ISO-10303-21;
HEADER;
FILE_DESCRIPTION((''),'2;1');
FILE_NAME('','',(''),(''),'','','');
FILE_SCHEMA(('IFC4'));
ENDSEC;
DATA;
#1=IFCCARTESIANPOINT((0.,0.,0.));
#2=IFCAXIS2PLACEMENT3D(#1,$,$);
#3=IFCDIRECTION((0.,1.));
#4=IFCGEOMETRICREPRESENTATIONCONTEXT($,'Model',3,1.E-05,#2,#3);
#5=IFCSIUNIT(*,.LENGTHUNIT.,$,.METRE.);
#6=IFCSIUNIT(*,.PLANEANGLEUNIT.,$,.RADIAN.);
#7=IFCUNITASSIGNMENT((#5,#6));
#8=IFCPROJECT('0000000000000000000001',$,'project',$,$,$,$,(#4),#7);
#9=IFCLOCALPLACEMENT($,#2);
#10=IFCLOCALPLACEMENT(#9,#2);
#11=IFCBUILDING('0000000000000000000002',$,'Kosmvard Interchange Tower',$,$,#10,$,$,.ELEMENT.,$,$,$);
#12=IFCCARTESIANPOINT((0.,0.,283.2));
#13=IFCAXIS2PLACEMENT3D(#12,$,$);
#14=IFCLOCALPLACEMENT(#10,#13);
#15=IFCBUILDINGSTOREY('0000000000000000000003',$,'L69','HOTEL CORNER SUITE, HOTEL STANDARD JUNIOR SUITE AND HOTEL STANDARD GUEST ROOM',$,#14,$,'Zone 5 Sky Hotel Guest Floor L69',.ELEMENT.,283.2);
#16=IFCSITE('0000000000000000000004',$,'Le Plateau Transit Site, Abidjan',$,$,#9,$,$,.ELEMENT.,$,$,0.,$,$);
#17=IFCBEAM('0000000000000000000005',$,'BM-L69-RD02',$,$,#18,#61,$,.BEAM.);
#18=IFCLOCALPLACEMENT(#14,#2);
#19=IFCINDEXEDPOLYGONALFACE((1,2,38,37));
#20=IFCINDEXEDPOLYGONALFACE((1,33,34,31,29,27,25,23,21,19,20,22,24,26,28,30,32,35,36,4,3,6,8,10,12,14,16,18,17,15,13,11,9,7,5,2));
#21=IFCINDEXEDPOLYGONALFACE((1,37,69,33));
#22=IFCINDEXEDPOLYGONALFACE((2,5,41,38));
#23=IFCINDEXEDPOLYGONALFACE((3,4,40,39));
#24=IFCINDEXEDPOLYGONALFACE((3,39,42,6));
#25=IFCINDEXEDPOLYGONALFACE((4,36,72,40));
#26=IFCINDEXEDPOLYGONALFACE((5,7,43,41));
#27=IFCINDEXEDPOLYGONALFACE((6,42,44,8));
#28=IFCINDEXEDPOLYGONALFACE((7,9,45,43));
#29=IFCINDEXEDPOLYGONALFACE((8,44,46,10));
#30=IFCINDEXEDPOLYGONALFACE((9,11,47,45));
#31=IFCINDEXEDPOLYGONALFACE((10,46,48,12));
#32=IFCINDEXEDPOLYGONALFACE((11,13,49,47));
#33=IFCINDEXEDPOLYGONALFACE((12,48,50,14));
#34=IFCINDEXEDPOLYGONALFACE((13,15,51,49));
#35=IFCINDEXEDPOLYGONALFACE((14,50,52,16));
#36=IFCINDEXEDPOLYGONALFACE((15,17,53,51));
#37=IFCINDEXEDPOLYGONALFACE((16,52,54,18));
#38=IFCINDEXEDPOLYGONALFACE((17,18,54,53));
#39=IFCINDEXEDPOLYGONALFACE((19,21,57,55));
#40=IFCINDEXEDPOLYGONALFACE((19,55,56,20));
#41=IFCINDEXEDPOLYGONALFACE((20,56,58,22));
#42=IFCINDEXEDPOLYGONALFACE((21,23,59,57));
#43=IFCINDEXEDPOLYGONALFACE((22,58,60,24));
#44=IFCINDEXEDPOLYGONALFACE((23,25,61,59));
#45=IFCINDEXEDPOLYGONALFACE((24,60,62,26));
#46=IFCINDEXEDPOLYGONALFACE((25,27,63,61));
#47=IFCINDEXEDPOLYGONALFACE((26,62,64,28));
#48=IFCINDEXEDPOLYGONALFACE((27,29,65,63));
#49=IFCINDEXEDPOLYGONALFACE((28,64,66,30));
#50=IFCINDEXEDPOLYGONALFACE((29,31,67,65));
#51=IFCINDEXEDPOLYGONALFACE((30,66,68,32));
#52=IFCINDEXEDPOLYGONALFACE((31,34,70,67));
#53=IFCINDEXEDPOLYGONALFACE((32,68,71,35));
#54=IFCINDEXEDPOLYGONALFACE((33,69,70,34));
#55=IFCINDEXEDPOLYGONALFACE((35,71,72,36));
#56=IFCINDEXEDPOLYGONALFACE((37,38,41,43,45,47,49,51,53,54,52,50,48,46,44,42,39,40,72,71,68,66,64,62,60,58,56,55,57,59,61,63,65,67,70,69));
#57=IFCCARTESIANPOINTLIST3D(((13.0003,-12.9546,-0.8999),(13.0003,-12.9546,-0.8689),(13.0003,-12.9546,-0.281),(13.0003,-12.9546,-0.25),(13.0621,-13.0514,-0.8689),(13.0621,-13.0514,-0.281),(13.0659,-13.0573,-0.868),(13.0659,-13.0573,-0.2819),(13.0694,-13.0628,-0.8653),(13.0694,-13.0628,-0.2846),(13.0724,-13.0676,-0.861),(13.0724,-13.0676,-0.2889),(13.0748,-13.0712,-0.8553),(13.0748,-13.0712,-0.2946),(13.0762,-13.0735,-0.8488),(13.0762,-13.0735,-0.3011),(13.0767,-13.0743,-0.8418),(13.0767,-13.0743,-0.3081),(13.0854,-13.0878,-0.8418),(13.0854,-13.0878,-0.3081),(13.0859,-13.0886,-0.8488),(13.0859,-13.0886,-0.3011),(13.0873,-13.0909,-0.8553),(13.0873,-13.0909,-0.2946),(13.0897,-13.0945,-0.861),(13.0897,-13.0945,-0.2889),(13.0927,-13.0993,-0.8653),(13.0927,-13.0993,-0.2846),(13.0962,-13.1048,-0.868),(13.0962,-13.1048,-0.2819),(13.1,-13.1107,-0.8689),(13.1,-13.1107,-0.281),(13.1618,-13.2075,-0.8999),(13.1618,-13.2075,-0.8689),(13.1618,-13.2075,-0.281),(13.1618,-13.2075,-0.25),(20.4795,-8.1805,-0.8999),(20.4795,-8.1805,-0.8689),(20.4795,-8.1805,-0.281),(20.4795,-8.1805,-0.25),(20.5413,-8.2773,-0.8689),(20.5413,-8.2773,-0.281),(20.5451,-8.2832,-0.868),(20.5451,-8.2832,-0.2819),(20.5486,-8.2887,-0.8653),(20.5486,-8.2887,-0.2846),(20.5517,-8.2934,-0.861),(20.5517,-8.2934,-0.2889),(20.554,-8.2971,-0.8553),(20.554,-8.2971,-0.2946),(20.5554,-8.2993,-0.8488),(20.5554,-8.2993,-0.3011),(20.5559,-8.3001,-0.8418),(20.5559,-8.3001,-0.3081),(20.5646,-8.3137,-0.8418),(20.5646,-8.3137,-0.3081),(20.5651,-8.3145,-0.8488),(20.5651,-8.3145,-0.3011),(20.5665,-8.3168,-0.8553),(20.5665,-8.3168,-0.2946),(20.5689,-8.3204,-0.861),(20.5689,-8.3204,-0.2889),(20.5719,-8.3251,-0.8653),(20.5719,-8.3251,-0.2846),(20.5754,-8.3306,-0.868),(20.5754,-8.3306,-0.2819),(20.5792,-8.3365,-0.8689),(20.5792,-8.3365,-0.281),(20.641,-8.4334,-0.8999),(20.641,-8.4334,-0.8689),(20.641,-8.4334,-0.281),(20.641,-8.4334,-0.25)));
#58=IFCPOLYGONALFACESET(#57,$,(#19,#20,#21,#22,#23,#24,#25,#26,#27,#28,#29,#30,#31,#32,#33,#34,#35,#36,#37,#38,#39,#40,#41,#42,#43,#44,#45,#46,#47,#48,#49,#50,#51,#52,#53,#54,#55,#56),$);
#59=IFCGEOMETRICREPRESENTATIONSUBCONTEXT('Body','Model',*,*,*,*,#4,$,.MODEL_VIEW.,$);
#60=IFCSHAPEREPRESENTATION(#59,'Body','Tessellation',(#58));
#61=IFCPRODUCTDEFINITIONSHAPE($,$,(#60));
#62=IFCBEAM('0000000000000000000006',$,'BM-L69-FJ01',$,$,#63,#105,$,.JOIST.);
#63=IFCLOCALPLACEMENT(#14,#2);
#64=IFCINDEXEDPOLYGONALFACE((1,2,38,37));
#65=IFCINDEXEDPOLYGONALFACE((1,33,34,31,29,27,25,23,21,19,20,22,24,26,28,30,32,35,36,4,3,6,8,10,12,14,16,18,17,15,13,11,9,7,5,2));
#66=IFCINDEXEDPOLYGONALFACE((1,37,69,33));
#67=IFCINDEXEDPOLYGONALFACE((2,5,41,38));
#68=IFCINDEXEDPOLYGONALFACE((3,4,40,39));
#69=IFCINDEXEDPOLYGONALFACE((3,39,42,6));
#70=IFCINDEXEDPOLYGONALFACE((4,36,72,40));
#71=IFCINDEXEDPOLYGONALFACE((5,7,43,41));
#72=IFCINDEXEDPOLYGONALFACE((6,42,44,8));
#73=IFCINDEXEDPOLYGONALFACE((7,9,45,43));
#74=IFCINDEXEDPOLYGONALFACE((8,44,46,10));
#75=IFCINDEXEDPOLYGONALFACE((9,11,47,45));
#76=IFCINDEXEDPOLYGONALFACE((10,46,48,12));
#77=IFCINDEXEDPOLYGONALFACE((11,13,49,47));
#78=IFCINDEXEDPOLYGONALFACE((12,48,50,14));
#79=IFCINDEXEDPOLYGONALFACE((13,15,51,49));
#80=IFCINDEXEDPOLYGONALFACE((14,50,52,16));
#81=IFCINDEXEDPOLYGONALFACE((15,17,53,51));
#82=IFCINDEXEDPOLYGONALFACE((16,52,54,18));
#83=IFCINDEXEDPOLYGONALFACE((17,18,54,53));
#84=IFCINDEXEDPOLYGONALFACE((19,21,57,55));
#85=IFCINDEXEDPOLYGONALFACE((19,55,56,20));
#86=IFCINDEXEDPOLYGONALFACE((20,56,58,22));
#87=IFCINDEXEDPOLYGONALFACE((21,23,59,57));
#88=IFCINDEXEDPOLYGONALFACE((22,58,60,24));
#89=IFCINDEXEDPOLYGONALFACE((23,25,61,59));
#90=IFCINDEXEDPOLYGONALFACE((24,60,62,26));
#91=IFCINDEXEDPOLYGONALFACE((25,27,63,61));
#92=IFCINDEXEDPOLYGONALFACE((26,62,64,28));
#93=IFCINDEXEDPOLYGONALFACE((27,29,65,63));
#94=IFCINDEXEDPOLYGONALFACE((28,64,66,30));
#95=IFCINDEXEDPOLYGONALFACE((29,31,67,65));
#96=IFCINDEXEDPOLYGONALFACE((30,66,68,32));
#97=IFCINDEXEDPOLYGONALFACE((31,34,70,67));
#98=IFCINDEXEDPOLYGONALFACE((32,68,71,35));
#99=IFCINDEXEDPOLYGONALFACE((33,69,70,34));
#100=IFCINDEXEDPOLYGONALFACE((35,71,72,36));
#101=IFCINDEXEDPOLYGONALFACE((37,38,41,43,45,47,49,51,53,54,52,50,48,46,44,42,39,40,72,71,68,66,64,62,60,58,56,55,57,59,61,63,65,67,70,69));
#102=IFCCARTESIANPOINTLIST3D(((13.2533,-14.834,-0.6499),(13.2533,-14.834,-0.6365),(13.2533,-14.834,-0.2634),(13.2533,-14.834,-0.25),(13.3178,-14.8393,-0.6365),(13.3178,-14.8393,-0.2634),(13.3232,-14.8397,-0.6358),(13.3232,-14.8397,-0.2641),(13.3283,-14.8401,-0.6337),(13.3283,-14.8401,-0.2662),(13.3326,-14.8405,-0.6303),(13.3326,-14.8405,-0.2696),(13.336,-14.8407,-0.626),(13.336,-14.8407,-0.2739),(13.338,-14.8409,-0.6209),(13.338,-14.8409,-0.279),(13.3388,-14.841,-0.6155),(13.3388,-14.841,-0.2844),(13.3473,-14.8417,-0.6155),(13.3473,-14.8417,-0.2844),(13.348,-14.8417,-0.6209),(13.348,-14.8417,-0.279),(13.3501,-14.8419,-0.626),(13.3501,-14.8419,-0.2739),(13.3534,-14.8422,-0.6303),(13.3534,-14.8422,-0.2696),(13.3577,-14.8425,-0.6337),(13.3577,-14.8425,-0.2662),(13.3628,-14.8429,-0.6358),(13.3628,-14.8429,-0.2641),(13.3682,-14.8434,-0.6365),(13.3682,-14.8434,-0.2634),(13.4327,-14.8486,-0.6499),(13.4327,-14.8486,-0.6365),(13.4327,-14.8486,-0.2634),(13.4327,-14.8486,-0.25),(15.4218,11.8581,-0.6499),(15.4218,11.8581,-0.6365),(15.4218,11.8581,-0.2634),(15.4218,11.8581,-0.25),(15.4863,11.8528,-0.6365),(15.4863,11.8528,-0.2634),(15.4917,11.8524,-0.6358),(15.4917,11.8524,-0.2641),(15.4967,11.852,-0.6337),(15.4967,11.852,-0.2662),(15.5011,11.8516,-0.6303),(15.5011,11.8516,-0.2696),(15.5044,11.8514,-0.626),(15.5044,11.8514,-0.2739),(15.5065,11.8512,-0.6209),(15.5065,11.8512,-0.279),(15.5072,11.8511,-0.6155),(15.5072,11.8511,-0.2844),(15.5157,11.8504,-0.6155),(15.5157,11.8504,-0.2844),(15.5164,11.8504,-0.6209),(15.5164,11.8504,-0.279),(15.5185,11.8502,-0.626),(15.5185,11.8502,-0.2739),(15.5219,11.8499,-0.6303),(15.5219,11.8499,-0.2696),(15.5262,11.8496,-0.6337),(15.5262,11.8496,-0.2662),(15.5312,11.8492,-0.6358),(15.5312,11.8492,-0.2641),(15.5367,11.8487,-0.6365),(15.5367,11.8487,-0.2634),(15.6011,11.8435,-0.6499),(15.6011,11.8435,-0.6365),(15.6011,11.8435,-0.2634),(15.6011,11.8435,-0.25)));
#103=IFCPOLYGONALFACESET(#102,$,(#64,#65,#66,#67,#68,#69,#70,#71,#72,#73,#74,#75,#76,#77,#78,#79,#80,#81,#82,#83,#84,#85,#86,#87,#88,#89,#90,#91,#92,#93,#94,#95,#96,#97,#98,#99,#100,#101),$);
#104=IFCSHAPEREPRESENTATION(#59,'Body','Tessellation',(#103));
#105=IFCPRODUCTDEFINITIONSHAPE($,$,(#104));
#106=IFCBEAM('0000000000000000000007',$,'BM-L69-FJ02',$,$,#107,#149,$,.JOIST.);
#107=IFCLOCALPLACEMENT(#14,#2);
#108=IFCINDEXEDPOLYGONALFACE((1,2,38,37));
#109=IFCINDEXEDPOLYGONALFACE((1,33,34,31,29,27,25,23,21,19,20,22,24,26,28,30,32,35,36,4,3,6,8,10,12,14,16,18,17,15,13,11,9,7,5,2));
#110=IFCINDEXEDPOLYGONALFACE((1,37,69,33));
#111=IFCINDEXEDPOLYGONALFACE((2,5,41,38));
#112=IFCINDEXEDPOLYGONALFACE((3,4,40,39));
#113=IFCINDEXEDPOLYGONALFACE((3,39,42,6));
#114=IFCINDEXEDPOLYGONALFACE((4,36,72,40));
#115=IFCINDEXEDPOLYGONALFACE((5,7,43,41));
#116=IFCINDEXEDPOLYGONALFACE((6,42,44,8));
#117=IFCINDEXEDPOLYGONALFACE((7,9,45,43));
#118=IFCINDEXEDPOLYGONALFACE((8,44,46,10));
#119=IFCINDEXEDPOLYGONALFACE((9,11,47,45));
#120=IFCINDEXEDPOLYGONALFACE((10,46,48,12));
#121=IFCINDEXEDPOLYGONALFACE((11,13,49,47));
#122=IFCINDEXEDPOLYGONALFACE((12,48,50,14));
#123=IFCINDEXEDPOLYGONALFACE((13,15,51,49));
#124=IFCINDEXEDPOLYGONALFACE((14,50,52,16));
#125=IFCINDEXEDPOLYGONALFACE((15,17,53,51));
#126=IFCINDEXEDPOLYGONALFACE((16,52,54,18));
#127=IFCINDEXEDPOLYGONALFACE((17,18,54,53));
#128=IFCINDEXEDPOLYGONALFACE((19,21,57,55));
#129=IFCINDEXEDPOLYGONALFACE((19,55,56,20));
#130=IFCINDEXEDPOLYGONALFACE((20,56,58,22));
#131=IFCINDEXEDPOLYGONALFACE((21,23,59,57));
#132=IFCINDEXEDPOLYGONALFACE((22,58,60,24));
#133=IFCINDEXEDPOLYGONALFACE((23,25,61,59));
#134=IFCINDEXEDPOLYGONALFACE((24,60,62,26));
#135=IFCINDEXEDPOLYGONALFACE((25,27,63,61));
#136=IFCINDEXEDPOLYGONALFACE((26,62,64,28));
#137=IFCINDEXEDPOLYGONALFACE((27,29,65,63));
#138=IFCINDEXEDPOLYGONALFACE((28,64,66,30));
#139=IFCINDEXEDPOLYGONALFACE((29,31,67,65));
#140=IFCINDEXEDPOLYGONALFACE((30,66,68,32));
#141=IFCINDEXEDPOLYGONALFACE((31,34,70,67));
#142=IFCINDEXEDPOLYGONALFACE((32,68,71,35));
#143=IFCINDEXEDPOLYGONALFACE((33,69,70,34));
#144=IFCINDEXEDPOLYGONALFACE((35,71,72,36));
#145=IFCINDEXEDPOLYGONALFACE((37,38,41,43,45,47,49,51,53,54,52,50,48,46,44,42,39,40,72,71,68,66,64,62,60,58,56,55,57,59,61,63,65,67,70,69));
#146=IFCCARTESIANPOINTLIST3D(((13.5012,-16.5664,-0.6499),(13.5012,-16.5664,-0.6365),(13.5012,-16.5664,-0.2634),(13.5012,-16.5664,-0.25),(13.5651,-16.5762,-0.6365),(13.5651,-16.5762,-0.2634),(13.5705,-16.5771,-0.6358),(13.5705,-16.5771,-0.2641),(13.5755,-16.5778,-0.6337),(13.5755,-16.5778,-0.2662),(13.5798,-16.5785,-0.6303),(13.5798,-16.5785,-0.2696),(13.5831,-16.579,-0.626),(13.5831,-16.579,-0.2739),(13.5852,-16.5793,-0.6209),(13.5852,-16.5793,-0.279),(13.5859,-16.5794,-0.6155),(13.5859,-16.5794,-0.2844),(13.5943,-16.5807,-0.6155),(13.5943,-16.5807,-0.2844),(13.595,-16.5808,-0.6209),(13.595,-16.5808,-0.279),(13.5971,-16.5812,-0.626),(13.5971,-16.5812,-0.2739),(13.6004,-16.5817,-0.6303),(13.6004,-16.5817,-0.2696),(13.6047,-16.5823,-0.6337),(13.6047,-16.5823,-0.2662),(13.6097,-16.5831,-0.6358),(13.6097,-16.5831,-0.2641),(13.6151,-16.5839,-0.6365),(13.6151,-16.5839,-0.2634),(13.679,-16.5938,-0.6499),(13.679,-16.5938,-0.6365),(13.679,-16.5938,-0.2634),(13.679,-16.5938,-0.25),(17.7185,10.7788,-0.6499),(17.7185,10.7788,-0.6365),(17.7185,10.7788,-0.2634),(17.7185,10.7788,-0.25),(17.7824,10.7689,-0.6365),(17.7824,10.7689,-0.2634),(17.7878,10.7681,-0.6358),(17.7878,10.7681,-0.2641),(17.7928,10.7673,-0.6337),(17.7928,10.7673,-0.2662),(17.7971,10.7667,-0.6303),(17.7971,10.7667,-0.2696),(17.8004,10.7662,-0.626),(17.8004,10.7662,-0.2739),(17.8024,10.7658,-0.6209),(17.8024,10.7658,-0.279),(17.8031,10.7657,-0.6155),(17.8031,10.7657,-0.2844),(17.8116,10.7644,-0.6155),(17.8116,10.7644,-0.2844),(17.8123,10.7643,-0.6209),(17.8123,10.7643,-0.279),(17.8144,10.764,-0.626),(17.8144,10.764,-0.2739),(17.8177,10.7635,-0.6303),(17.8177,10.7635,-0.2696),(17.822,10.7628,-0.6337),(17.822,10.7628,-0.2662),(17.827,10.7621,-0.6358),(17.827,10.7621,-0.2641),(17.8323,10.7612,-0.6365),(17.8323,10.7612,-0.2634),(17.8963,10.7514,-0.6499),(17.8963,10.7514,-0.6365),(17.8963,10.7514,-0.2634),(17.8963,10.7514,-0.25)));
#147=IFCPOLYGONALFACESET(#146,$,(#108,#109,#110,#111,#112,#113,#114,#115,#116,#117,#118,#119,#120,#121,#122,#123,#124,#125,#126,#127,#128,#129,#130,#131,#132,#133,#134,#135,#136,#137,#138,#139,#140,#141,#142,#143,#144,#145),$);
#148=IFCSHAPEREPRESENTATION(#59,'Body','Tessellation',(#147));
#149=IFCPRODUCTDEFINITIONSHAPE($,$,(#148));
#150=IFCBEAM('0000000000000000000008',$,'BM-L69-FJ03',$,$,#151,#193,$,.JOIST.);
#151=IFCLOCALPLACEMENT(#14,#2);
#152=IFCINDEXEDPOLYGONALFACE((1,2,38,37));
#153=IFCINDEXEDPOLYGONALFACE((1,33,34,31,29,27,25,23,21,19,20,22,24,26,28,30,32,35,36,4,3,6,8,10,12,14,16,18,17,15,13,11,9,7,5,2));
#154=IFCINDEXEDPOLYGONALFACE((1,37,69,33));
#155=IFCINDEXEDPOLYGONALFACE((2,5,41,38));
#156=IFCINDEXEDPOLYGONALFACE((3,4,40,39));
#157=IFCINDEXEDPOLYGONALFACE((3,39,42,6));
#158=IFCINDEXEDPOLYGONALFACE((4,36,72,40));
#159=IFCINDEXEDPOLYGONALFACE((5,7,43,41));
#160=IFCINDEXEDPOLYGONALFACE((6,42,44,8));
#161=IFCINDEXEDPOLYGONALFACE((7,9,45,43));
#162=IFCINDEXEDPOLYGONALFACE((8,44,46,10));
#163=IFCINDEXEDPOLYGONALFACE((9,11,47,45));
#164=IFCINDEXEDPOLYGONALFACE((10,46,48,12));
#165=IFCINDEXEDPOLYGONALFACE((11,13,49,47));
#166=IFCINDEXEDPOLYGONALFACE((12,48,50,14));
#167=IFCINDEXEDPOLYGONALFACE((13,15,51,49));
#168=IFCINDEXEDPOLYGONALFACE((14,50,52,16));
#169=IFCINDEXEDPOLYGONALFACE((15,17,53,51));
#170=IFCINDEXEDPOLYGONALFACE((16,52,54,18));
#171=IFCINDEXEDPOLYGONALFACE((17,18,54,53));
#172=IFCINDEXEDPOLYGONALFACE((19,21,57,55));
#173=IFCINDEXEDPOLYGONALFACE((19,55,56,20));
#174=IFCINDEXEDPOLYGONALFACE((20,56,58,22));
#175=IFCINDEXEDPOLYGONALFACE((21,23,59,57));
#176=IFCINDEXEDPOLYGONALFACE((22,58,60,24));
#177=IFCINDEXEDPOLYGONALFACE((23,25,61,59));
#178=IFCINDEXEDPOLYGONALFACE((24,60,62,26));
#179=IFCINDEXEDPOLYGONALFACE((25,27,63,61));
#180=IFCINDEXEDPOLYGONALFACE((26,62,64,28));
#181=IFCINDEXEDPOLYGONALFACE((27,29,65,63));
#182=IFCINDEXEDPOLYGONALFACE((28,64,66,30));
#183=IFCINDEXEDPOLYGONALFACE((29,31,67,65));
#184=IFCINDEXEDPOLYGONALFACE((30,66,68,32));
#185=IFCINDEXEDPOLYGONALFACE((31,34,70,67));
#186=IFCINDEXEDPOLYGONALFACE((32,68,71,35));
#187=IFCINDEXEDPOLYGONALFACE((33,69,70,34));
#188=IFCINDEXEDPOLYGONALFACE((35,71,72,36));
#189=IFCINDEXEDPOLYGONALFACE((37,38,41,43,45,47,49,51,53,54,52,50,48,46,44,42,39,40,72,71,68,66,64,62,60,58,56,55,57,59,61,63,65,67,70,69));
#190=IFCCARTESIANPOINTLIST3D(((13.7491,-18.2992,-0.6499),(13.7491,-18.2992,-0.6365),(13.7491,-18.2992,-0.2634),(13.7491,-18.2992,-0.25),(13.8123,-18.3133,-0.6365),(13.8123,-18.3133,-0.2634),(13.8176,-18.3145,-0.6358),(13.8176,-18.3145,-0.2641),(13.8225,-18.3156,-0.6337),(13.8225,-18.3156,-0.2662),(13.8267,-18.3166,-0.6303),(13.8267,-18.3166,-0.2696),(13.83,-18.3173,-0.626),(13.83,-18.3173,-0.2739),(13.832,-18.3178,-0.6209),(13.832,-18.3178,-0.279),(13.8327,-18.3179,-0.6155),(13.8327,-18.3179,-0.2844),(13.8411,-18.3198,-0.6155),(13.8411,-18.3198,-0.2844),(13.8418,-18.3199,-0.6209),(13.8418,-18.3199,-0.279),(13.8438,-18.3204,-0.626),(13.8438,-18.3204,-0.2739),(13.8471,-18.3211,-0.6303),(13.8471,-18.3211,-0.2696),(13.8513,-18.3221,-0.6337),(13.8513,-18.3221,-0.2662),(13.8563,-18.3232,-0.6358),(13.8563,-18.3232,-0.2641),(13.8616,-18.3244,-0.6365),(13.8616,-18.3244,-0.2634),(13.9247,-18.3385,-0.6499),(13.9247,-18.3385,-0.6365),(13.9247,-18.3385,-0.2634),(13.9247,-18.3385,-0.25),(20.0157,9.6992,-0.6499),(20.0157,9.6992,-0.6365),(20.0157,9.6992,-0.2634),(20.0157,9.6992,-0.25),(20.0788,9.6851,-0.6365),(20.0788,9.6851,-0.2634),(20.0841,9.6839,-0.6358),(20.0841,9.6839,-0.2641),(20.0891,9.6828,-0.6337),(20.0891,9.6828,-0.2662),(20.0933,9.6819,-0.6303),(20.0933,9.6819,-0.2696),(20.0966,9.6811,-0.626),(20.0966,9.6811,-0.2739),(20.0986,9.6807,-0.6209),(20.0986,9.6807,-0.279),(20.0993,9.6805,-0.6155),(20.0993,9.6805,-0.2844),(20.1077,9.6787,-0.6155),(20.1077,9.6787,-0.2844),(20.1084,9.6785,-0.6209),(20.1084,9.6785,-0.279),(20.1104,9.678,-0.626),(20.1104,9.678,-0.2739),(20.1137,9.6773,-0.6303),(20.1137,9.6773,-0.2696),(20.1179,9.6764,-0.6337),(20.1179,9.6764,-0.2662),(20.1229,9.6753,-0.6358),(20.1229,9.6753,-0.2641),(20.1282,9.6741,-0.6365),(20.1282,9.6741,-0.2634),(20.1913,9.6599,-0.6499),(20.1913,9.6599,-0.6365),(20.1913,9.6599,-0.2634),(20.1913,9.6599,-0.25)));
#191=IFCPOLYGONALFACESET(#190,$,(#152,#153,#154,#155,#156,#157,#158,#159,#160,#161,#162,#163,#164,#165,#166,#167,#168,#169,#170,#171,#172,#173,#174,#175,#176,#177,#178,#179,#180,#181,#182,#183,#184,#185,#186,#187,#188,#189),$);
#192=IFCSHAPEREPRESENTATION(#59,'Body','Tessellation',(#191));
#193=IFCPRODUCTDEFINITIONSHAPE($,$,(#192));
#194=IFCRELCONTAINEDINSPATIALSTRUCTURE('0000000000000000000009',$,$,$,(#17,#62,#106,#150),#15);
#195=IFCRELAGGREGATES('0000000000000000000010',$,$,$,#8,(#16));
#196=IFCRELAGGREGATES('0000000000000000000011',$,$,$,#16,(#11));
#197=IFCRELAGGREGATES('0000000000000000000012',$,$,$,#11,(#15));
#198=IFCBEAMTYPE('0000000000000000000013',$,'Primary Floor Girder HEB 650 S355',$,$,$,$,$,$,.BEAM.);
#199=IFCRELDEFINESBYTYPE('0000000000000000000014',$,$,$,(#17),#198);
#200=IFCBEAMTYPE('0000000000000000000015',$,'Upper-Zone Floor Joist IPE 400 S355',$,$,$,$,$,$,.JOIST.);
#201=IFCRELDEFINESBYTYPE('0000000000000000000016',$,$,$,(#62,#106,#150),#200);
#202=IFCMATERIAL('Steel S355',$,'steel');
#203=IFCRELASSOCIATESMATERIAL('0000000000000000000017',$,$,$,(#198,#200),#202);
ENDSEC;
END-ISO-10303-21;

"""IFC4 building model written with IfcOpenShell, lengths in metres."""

from ifc_helpers import new_model, si_unit, direction, frame, origin, origin_2d, place, context, subcontext, project, spatial, i_section, extrude, source, transform, mapped, material, material_profile, profile_set, type_object, element, save


model = new_model("IFC4")

# Units and contexts
model_context = context("Model", 3, precision=1e-05, world=origin(), true_north=direction((0.0, 1.0)))
body_context = subcontext(model_context, "Body", "Model", "MODEL_VIEW")
ifc_project = project(units=[si_unit("LENGTHUNIT", "METRE"), si_unit("PLANEANGLEUNIT", "RADIAN")], contexts=[model_context])

# Site, building, storey
site_placement = place(None, origin())
site = spatial("IfcSite", under=ifc_project, at=site_placement, Name="Le Plateau Transit Site, Abidjan", CompositionType="ELEMENT", RefElevation=0.0)
building_placement = place(site_placement, origin())
building = spatial("IfcBuilding", under=site, at=building_placement, Name="Kosmvard Interchange Tower", CompositionType="ELEMENT")
storey_placement = place(building_placement, frame((0.0, 0.0, 283.2)))
storey = spatial("IfcBuildingStorey", under=building, at=storey_placement, Name="L69", Description="HOTEL CORNER SUITE, HOTEL STANDARD JUNIOR SUITE AND HOTEL STANDARD GUEST ROOM", LongName="Zone 5 Sky Hotel Guest Floor L69", CompositionType="ELEMENT", Elevation=283.2)

# Beams
ifc_material_1 = material(Name="Steel S355", Category="steel")
ifc_material_profile_1 = material_profile(ifc_material_1, i_section(OverallWidth=0.3, OverallDepth=0.6499, WebThickness=0.0161, FlangeThickness=0.031, FilletRadius=0.0271, at=origin_2d()), Name="HEB 650")
ifc_profile_set_1 = profile_set([ifc_material_profile_1], Name="Steel S355")
beam_type_1 = type_object("IfcBeamType", Name="Primary Floor Girder HEB 650 S355", PredefinedType="BEAM", material=ifc_profile_set_1)
shared_shape_1 = source(origin(), body_context, "Body", "SweptSolid", [
    extrude(i_section(OverallWidth=0.3, OverallDepth=0.6499, WebThickness=0.0161, FlangeThickness=0.031, FilletRadius=0.0271, at=origin_2d()), origin(), (0.0, 0.0, 1.0), 8.873),
])
beam_1_placement = place(storey_placement, frame((13.0811, -13.0811, -0.575), z_axis=(0.842913, 0.53805, 0.0), x_axis=(-0.53805, 0.842913, 0.0)))
element("IfcBeam", 1, at=beam_1_placement, inside=storey, type_object=beam_type_1, Name="BM-L69-RD02", PredefinedType="BEAM", context=body_context, shape_type="MappedRepresentation", body=[
    mapped(shared_shape_1, transform((0.0, 0.0, 0.0), scale=1.0)),
])
ifc_material_profile_2 = material_profile(ifc_material_1, i_section(OverallWidth=0.1799, OverallDepth=0.3999, WebThickness=0.0085, FlangeThickness=0.0134, FilletRadius=0.021, at=origin_2d()), Name="IPE 400")
ifc_profile_set_2 = profile_set([ifc_material_profile_2], Name="Steel S355")
beam_type_2 = type_object("IfcBeamType", Name="Upper-Zone Floor Joist IPE 400 S355", PredefinedType="JOIST", material=ifc_profile_set_2)
shared_shape_2 = source(origin(), body_context, "Body", "SweptSolid", [
    extrude(i_section(OverallWidth=0.1799, OverallDepth=0.3999, WebThickness=0.0085, FlangeThickness=0.0134, FilletRadius=0.021, at=origin_2d()), origin(), (0.0, 0.0, 1.0), 26.78),
])
beam_2_placement = place(storey_placement, frame((13.343, -14.8413, -0.45), z_axis=(0.080973, 0.996716, 0.0), x_axis=(-0.996716, 0.080973, 0.0)))
element("IfcBeam", 2, at=beam_2_placement, inside=storey, type_object=beam_type_2, Name="BM-L69-FJ01", PredefinedType="JOIST", context=body_context, shape_type="MappedRepresentation", body=[
    mapped(shared_shape_2, transform((0.0, 0.0, 0.0), scale=1.0)),
])
shared_shape_3 = source(origin(), body_context, "Body", "SweptSolid", [
    extrude(i_section(OverallWidth=0.1799, OverallDepth=0.3999, WebThickness=0.0085, FlangeThickness=0.0134, FilletRadius=0.021, at=origin_2d()), origin(), (0.0, 0.0, 1.0), 27.6685),
])
beam_3_placement = place(storey_placement, frame((13.5901, -16.5801, -0.45), z_axis=(0.152422, 0.988316, 0.0), x_axis=(-0.988316, 0.152422, 0.0)))
element("IfcBeam", 3, at=beam_3_placement, inside=storey, type_object=beam_type_2, Name="BM-L69-FJ02", PredefinedType="JOIST", context=body_context, shape_type="MappedRepresentation", body=[
    mapped(shared_shape_3, transform((0.0, 0.0, 0.0), scale=1.0)),
])
shared_shape_4 = source(origin(), body_context, "Body", "SweptSolid", [
    extrude(i_section(OverallWidth=0.1799, OverallDepth=0.3999, WebThickness=0.0085, FlangeThickness=0.0134, FilletRadius=0.021, at=origin_2d()), origin(), (0.0, 0.0, 1.0), 28.6912),
])
beam_4_placement = place(storey_placement, frame((13.8369, -18.3188, -0.45), z_axis=(0.218415, 0.975856, 0.0), x_axis=(-0.975856, 0.218415, 0.0)))
element("IfcBeam", 4, at=beam_4_placement, inside=storey, type_object=beam_type_2, Name="BM-L69-FJ03", PredefinedType="JOIST", context=body_context, shape_type="MappedRepresentation", body=[
    mapped(shared_shape_4, transform((0.0, 0.0, 0.0), scale=1.0)),
])

save(model, "model.ifc")
